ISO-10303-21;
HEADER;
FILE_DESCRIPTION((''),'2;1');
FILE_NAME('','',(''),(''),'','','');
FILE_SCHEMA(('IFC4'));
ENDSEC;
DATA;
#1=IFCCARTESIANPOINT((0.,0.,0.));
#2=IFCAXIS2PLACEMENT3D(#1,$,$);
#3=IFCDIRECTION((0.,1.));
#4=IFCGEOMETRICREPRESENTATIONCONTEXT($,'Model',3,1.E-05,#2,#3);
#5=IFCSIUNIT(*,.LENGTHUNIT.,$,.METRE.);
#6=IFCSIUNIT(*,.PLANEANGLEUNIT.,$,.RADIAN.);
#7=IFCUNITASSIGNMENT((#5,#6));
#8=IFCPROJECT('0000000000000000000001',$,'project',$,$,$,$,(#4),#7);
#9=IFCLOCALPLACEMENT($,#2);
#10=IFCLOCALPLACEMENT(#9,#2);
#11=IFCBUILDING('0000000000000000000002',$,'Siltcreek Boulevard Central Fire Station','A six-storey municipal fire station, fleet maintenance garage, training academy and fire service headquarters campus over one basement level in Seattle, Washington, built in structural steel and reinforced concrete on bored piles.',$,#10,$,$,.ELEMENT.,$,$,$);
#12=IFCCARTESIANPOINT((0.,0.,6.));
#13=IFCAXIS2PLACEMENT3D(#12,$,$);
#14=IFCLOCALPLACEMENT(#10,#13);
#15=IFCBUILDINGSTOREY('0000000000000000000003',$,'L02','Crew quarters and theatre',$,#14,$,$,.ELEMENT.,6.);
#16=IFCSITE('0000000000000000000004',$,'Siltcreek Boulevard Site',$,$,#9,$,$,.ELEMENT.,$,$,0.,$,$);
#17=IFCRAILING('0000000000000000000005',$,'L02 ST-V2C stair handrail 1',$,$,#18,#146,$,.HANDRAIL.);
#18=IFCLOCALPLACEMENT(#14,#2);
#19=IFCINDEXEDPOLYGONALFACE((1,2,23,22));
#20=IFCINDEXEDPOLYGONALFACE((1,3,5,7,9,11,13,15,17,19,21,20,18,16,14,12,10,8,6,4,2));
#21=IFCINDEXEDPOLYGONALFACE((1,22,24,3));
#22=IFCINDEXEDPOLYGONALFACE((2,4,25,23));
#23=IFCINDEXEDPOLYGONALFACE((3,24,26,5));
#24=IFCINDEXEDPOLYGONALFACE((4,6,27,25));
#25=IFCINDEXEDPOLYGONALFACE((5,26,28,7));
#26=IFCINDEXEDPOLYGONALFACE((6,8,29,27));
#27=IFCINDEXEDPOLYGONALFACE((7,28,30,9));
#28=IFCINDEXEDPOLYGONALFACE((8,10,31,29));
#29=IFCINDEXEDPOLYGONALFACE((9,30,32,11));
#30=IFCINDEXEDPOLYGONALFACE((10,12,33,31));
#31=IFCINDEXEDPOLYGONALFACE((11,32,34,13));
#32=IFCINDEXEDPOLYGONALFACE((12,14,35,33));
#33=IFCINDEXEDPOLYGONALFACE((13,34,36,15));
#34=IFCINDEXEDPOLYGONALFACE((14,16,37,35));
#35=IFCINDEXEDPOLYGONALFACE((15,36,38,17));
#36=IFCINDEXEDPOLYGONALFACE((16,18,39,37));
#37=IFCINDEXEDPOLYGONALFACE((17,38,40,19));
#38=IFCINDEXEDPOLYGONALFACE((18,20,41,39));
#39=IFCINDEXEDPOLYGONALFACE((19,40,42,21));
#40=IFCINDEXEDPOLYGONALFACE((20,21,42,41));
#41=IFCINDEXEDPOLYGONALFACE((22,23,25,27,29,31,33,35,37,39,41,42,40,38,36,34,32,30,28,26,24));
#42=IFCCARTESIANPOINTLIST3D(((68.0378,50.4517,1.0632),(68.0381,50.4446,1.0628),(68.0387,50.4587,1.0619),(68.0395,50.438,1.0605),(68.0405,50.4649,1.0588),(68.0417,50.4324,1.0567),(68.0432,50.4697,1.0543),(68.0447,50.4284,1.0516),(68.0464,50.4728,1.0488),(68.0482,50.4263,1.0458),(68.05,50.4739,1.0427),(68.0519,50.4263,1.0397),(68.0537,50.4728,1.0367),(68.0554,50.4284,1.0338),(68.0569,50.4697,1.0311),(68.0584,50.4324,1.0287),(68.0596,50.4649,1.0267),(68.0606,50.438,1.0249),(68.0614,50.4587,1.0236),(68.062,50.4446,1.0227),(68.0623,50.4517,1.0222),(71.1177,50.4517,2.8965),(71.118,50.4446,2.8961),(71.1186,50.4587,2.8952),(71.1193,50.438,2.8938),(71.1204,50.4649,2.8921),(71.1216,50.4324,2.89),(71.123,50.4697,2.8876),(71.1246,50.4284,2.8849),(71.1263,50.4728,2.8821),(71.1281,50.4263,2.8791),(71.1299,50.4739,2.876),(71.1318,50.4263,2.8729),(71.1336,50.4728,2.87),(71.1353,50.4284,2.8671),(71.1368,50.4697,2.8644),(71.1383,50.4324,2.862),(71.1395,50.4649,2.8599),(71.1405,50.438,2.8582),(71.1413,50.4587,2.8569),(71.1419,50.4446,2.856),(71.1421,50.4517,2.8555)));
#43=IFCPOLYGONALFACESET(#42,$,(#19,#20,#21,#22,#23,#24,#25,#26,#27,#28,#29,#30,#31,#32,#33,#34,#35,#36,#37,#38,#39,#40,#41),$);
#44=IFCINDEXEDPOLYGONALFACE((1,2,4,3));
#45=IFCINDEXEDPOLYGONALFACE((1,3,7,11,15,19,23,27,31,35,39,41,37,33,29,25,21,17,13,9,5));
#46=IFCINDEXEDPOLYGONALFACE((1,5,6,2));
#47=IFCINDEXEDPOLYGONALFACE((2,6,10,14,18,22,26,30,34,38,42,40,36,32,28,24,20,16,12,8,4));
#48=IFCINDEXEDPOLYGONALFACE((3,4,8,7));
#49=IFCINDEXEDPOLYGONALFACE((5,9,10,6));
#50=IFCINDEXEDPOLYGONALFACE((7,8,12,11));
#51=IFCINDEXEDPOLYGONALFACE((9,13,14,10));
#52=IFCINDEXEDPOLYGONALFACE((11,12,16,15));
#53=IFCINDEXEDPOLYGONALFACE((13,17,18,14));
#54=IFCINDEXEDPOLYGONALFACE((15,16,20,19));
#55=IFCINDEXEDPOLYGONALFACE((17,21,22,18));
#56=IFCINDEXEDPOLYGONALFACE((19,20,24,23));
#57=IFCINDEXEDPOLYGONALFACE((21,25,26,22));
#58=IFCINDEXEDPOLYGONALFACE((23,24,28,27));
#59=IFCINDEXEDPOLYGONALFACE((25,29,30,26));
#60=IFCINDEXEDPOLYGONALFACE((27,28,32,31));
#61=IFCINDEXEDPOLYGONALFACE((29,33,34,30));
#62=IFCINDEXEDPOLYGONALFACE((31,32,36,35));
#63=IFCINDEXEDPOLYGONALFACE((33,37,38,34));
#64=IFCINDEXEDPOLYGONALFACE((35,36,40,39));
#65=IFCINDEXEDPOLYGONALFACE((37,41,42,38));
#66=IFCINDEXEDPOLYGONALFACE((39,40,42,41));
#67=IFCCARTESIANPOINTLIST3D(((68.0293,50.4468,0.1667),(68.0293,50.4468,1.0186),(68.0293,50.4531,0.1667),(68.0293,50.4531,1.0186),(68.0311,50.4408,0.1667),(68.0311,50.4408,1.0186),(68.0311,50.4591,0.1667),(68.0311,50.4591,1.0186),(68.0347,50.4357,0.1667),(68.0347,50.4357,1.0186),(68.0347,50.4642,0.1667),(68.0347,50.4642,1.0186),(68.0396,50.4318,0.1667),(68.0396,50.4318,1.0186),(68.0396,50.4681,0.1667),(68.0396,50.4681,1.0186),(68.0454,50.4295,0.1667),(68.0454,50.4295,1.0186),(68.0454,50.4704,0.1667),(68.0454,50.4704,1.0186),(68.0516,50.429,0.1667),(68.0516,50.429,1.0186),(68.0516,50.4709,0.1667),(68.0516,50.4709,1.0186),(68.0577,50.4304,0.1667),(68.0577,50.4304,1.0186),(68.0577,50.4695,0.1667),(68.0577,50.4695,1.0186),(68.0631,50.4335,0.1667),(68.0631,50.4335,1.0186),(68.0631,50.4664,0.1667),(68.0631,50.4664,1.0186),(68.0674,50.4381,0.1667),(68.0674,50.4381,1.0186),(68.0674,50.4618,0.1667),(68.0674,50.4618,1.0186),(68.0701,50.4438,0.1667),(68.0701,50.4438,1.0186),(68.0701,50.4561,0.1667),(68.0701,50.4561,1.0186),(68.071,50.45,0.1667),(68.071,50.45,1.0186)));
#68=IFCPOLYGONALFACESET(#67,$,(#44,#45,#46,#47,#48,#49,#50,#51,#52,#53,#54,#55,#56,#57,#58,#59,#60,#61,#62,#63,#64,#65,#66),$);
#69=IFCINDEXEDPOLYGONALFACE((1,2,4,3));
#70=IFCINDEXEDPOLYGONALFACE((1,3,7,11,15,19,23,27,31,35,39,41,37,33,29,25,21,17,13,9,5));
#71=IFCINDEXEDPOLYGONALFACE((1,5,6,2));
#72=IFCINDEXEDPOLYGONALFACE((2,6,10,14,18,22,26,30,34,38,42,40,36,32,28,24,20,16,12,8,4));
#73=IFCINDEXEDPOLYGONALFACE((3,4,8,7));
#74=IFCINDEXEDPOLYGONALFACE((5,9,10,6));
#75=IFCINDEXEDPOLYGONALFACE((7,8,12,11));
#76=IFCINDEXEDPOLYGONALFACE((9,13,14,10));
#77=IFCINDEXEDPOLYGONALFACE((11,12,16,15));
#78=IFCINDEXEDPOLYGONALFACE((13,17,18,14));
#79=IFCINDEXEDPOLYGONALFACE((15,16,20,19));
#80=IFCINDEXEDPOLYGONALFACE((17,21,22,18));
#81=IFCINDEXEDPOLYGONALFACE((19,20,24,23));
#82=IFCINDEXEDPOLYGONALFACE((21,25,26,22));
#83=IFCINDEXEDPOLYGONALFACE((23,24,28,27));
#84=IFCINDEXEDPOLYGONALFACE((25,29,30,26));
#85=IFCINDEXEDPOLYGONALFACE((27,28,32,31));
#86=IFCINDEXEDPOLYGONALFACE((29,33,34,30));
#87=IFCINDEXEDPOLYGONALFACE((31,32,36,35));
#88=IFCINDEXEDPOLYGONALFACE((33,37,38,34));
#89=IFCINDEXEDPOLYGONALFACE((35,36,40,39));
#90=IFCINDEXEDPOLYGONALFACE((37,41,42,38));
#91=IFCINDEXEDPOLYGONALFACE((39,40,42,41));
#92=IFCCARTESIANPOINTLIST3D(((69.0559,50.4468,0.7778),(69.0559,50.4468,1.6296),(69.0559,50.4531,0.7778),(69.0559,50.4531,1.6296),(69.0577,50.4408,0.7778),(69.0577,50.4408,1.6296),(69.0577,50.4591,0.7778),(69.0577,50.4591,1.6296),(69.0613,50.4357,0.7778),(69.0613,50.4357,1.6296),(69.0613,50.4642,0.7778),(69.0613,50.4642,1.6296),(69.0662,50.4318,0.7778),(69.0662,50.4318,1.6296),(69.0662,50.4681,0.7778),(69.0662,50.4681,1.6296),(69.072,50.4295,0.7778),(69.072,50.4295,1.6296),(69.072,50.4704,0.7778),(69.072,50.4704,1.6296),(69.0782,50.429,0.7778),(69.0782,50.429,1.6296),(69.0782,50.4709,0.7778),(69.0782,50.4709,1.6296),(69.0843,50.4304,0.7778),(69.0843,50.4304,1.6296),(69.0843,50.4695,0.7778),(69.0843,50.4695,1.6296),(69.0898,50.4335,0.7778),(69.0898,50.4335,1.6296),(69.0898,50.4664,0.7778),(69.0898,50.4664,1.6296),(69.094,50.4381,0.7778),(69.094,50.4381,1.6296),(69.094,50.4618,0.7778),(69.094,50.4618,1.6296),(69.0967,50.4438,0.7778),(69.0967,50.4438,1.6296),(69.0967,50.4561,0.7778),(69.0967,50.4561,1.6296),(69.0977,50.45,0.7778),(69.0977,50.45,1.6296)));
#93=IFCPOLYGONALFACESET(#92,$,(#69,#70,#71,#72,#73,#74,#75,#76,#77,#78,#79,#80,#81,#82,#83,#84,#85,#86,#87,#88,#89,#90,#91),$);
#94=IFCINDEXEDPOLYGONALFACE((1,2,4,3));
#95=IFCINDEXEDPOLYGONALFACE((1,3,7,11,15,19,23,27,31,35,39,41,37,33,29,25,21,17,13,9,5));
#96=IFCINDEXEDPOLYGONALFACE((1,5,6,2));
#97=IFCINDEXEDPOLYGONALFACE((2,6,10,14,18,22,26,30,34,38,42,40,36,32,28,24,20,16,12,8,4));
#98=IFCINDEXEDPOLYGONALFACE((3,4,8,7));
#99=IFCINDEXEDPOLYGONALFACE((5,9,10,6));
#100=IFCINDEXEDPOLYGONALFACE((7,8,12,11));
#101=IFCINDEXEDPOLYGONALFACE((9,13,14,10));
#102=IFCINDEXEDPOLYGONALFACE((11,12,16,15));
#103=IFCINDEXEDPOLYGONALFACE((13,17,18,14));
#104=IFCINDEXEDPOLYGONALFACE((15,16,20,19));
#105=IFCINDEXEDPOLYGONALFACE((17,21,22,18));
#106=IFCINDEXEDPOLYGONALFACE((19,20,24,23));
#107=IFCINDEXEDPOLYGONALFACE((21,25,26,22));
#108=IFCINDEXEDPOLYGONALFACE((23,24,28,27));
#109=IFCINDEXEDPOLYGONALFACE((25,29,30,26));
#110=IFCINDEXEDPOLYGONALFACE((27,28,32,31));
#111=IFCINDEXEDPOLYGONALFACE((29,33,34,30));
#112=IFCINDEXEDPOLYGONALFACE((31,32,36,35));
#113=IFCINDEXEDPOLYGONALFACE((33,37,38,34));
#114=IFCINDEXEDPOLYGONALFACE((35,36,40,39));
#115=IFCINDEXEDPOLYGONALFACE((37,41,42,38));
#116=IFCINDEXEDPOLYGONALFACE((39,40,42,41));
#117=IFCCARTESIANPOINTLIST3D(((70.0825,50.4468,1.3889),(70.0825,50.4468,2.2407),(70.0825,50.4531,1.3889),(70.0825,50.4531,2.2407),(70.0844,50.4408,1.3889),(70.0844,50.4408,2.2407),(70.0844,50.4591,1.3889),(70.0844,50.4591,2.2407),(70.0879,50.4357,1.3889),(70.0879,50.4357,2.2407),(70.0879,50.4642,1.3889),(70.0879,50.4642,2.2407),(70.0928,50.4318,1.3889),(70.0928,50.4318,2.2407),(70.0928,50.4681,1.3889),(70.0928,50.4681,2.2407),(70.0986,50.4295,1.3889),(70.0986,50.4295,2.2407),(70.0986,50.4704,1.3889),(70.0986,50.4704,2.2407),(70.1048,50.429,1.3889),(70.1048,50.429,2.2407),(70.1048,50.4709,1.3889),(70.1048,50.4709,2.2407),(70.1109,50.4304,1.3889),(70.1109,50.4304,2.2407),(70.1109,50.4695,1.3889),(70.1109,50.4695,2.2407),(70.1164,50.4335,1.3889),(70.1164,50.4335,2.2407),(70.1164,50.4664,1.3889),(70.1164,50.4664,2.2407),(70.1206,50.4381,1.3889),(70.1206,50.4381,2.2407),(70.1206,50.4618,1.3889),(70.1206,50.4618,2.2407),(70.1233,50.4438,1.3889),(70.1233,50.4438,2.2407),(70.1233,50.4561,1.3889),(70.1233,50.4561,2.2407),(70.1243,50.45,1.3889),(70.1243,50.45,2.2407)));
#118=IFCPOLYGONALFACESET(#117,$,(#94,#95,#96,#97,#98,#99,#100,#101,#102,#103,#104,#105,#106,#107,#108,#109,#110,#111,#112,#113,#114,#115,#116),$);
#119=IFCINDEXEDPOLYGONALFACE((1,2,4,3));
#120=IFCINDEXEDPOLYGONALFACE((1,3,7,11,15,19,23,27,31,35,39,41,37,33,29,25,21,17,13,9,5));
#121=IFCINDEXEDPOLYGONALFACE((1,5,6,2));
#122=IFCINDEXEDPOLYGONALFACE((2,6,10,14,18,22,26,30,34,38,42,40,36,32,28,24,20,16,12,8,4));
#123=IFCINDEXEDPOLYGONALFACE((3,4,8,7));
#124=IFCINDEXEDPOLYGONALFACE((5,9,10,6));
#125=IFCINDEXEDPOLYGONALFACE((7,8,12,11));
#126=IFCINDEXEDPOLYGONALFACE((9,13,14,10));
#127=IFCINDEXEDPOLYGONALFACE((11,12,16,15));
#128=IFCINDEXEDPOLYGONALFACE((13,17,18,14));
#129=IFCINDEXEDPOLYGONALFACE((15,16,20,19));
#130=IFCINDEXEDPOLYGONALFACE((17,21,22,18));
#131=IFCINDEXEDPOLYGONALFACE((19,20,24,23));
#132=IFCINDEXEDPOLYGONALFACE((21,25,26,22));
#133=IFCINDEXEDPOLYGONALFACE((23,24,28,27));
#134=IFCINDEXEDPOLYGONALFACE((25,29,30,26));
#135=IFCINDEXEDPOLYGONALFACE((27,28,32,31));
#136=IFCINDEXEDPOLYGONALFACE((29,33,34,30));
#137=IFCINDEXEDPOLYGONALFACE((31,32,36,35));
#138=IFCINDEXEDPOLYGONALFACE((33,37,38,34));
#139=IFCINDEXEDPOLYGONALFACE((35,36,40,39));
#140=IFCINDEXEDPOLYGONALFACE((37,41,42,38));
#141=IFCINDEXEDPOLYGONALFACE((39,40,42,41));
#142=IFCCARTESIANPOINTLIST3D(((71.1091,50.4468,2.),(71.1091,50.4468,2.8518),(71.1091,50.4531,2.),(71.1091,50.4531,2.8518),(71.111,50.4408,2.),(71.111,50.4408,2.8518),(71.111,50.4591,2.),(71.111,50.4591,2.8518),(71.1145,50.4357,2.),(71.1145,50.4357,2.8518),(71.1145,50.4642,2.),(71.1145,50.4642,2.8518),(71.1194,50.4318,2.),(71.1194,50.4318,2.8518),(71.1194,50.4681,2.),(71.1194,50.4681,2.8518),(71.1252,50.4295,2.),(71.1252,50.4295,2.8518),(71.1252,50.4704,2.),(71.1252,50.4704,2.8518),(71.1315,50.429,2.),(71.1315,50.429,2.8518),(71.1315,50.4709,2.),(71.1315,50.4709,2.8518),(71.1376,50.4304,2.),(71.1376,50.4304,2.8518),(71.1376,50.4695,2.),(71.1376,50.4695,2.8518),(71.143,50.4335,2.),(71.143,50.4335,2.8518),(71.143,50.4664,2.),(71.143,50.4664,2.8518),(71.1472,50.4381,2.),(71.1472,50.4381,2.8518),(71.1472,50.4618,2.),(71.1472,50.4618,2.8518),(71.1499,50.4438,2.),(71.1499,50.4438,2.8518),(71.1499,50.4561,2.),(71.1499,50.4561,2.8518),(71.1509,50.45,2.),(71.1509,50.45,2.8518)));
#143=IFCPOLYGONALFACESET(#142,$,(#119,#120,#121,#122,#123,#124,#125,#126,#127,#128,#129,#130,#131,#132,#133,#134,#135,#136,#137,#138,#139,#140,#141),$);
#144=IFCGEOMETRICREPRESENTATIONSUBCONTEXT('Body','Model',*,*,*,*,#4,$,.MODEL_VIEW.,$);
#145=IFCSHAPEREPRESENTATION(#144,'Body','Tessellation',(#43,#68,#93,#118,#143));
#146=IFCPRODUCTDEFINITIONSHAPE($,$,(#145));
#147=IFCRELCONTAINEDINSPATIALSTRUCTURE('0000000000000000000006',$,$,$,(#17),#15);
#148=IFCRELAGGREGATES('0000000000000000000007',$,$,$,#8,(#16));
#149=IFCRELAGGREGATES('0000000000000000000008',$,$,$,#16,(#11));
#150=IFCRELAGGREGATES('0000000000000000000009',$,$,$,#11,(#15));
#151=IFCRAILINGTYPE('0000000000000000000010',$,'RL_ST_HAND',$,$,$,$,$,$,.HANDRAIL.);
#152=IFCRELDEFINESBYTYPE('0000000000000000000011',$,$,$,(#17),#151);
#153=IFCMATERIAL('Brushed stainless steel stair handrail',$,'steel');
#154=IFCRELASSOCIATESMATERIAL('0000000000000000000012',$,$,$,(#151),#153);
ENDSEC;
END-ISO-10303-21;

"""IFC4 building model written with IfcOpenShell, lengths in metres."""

from ifc_helpers import new_model, si_unit, direction, frame, origin, origin_2d, place, context, subcontext, project, spatial, circle, extrude, material, type_object, element, save


model = new_model("IFC4")

# Units and contexts
model_context = context("Model", 3, precision=1e-05, world=origin(), true_north=direction((0.0, 1.0)))
body_context = subcontext(model_context, "Body", "Model", "MODEL_VIEW")
ifc_project = project(units=[si_unit("LENGTHUNIT", "METRE"), si_unit("PLANEANGLEUNIT", "RADIAN")], contexts=[model_context])

# Site, building, storey
site_placement = place(None, origin())
site = spatial("IfcSite", under=ifc_project, at=site_placement, Name="Siltcreek Boulevard Site", CompositionType="ELEMENT", RefElevation=0.0)
building_placement = place(site_placement, origin())
building = spatial("IfcBuilding", under=site, at=building_placement, Name="Siltcreek Boulevard Central Fire Station", Description="A six-storey municipal fire station, fleet maintenance garage, training academy and fire service headquarters campus over one basement level in Seattle, Washington, built in structural steel and reinforced concrete on bored piles.", CompositionType="ELEMENT")
storey_placement = place(building_placement, frame((0.0, 0.0, 6.0)))
storey = spatial("IfcBuildingStorey", under=building, at=storey_placement, Name="L02", Description="Crew quarters and theatre", CompositionType="ELEMENT", Elevation=6.0)

# Railing
ifc_material_1 = material(Name="Brushed stainless steel stair handrail", Category="steel")
railing_type_1 = type_object("IfcRailingType", Name="RL_ST_HAND", PredefinedType="HANDRAIL", material=ifc_material_1)
railing_1_placement = place(storey_placement, frame((68.05, 50.45, 0.1667)))
element("IfcRailing", 1, at=railing_1_placement, inside=storey, type_object=railing_type_1, Name="L02 ST-V2C stair handrail 1", PredefinedType="HANDRAIL", context=body_context, shape_type="SweptSolid", body=[
    extrude(circle(Radius=0.0239, at=origin_2d()), frame((0.0, 0.0, 0.876), z_axis=(0.859291, 0.0, 0.511487), x_axis=(0.0, 1.0, 0.0)), (0.0, 0.0, 1.0), 3.5842),
    extrude(circle(Radius=0.021, at=origin_2d()), origin(), (0.0, 0.0, 1.0), 0.8518),
    extrude(circle(Radius=0.021, at=origin_2d()), frame((1.0266, 0.0, 0.6111)), (0.0, 0.0, 1.0), 0.8518),
    extrude(circle(Radius=0.021, at=origin_2d()), frame((2.0532, 0.0, 1.2222)), (0.0, 0.0, 1.0), 0.8518),
    extrude(circle(Radius=0.021, at=origin_2d()), frame((3.0798, 0.0, 1.8333)), (0.0, 0.0, 1.0), 0.8518),
])

save(model, "model.ifc")
